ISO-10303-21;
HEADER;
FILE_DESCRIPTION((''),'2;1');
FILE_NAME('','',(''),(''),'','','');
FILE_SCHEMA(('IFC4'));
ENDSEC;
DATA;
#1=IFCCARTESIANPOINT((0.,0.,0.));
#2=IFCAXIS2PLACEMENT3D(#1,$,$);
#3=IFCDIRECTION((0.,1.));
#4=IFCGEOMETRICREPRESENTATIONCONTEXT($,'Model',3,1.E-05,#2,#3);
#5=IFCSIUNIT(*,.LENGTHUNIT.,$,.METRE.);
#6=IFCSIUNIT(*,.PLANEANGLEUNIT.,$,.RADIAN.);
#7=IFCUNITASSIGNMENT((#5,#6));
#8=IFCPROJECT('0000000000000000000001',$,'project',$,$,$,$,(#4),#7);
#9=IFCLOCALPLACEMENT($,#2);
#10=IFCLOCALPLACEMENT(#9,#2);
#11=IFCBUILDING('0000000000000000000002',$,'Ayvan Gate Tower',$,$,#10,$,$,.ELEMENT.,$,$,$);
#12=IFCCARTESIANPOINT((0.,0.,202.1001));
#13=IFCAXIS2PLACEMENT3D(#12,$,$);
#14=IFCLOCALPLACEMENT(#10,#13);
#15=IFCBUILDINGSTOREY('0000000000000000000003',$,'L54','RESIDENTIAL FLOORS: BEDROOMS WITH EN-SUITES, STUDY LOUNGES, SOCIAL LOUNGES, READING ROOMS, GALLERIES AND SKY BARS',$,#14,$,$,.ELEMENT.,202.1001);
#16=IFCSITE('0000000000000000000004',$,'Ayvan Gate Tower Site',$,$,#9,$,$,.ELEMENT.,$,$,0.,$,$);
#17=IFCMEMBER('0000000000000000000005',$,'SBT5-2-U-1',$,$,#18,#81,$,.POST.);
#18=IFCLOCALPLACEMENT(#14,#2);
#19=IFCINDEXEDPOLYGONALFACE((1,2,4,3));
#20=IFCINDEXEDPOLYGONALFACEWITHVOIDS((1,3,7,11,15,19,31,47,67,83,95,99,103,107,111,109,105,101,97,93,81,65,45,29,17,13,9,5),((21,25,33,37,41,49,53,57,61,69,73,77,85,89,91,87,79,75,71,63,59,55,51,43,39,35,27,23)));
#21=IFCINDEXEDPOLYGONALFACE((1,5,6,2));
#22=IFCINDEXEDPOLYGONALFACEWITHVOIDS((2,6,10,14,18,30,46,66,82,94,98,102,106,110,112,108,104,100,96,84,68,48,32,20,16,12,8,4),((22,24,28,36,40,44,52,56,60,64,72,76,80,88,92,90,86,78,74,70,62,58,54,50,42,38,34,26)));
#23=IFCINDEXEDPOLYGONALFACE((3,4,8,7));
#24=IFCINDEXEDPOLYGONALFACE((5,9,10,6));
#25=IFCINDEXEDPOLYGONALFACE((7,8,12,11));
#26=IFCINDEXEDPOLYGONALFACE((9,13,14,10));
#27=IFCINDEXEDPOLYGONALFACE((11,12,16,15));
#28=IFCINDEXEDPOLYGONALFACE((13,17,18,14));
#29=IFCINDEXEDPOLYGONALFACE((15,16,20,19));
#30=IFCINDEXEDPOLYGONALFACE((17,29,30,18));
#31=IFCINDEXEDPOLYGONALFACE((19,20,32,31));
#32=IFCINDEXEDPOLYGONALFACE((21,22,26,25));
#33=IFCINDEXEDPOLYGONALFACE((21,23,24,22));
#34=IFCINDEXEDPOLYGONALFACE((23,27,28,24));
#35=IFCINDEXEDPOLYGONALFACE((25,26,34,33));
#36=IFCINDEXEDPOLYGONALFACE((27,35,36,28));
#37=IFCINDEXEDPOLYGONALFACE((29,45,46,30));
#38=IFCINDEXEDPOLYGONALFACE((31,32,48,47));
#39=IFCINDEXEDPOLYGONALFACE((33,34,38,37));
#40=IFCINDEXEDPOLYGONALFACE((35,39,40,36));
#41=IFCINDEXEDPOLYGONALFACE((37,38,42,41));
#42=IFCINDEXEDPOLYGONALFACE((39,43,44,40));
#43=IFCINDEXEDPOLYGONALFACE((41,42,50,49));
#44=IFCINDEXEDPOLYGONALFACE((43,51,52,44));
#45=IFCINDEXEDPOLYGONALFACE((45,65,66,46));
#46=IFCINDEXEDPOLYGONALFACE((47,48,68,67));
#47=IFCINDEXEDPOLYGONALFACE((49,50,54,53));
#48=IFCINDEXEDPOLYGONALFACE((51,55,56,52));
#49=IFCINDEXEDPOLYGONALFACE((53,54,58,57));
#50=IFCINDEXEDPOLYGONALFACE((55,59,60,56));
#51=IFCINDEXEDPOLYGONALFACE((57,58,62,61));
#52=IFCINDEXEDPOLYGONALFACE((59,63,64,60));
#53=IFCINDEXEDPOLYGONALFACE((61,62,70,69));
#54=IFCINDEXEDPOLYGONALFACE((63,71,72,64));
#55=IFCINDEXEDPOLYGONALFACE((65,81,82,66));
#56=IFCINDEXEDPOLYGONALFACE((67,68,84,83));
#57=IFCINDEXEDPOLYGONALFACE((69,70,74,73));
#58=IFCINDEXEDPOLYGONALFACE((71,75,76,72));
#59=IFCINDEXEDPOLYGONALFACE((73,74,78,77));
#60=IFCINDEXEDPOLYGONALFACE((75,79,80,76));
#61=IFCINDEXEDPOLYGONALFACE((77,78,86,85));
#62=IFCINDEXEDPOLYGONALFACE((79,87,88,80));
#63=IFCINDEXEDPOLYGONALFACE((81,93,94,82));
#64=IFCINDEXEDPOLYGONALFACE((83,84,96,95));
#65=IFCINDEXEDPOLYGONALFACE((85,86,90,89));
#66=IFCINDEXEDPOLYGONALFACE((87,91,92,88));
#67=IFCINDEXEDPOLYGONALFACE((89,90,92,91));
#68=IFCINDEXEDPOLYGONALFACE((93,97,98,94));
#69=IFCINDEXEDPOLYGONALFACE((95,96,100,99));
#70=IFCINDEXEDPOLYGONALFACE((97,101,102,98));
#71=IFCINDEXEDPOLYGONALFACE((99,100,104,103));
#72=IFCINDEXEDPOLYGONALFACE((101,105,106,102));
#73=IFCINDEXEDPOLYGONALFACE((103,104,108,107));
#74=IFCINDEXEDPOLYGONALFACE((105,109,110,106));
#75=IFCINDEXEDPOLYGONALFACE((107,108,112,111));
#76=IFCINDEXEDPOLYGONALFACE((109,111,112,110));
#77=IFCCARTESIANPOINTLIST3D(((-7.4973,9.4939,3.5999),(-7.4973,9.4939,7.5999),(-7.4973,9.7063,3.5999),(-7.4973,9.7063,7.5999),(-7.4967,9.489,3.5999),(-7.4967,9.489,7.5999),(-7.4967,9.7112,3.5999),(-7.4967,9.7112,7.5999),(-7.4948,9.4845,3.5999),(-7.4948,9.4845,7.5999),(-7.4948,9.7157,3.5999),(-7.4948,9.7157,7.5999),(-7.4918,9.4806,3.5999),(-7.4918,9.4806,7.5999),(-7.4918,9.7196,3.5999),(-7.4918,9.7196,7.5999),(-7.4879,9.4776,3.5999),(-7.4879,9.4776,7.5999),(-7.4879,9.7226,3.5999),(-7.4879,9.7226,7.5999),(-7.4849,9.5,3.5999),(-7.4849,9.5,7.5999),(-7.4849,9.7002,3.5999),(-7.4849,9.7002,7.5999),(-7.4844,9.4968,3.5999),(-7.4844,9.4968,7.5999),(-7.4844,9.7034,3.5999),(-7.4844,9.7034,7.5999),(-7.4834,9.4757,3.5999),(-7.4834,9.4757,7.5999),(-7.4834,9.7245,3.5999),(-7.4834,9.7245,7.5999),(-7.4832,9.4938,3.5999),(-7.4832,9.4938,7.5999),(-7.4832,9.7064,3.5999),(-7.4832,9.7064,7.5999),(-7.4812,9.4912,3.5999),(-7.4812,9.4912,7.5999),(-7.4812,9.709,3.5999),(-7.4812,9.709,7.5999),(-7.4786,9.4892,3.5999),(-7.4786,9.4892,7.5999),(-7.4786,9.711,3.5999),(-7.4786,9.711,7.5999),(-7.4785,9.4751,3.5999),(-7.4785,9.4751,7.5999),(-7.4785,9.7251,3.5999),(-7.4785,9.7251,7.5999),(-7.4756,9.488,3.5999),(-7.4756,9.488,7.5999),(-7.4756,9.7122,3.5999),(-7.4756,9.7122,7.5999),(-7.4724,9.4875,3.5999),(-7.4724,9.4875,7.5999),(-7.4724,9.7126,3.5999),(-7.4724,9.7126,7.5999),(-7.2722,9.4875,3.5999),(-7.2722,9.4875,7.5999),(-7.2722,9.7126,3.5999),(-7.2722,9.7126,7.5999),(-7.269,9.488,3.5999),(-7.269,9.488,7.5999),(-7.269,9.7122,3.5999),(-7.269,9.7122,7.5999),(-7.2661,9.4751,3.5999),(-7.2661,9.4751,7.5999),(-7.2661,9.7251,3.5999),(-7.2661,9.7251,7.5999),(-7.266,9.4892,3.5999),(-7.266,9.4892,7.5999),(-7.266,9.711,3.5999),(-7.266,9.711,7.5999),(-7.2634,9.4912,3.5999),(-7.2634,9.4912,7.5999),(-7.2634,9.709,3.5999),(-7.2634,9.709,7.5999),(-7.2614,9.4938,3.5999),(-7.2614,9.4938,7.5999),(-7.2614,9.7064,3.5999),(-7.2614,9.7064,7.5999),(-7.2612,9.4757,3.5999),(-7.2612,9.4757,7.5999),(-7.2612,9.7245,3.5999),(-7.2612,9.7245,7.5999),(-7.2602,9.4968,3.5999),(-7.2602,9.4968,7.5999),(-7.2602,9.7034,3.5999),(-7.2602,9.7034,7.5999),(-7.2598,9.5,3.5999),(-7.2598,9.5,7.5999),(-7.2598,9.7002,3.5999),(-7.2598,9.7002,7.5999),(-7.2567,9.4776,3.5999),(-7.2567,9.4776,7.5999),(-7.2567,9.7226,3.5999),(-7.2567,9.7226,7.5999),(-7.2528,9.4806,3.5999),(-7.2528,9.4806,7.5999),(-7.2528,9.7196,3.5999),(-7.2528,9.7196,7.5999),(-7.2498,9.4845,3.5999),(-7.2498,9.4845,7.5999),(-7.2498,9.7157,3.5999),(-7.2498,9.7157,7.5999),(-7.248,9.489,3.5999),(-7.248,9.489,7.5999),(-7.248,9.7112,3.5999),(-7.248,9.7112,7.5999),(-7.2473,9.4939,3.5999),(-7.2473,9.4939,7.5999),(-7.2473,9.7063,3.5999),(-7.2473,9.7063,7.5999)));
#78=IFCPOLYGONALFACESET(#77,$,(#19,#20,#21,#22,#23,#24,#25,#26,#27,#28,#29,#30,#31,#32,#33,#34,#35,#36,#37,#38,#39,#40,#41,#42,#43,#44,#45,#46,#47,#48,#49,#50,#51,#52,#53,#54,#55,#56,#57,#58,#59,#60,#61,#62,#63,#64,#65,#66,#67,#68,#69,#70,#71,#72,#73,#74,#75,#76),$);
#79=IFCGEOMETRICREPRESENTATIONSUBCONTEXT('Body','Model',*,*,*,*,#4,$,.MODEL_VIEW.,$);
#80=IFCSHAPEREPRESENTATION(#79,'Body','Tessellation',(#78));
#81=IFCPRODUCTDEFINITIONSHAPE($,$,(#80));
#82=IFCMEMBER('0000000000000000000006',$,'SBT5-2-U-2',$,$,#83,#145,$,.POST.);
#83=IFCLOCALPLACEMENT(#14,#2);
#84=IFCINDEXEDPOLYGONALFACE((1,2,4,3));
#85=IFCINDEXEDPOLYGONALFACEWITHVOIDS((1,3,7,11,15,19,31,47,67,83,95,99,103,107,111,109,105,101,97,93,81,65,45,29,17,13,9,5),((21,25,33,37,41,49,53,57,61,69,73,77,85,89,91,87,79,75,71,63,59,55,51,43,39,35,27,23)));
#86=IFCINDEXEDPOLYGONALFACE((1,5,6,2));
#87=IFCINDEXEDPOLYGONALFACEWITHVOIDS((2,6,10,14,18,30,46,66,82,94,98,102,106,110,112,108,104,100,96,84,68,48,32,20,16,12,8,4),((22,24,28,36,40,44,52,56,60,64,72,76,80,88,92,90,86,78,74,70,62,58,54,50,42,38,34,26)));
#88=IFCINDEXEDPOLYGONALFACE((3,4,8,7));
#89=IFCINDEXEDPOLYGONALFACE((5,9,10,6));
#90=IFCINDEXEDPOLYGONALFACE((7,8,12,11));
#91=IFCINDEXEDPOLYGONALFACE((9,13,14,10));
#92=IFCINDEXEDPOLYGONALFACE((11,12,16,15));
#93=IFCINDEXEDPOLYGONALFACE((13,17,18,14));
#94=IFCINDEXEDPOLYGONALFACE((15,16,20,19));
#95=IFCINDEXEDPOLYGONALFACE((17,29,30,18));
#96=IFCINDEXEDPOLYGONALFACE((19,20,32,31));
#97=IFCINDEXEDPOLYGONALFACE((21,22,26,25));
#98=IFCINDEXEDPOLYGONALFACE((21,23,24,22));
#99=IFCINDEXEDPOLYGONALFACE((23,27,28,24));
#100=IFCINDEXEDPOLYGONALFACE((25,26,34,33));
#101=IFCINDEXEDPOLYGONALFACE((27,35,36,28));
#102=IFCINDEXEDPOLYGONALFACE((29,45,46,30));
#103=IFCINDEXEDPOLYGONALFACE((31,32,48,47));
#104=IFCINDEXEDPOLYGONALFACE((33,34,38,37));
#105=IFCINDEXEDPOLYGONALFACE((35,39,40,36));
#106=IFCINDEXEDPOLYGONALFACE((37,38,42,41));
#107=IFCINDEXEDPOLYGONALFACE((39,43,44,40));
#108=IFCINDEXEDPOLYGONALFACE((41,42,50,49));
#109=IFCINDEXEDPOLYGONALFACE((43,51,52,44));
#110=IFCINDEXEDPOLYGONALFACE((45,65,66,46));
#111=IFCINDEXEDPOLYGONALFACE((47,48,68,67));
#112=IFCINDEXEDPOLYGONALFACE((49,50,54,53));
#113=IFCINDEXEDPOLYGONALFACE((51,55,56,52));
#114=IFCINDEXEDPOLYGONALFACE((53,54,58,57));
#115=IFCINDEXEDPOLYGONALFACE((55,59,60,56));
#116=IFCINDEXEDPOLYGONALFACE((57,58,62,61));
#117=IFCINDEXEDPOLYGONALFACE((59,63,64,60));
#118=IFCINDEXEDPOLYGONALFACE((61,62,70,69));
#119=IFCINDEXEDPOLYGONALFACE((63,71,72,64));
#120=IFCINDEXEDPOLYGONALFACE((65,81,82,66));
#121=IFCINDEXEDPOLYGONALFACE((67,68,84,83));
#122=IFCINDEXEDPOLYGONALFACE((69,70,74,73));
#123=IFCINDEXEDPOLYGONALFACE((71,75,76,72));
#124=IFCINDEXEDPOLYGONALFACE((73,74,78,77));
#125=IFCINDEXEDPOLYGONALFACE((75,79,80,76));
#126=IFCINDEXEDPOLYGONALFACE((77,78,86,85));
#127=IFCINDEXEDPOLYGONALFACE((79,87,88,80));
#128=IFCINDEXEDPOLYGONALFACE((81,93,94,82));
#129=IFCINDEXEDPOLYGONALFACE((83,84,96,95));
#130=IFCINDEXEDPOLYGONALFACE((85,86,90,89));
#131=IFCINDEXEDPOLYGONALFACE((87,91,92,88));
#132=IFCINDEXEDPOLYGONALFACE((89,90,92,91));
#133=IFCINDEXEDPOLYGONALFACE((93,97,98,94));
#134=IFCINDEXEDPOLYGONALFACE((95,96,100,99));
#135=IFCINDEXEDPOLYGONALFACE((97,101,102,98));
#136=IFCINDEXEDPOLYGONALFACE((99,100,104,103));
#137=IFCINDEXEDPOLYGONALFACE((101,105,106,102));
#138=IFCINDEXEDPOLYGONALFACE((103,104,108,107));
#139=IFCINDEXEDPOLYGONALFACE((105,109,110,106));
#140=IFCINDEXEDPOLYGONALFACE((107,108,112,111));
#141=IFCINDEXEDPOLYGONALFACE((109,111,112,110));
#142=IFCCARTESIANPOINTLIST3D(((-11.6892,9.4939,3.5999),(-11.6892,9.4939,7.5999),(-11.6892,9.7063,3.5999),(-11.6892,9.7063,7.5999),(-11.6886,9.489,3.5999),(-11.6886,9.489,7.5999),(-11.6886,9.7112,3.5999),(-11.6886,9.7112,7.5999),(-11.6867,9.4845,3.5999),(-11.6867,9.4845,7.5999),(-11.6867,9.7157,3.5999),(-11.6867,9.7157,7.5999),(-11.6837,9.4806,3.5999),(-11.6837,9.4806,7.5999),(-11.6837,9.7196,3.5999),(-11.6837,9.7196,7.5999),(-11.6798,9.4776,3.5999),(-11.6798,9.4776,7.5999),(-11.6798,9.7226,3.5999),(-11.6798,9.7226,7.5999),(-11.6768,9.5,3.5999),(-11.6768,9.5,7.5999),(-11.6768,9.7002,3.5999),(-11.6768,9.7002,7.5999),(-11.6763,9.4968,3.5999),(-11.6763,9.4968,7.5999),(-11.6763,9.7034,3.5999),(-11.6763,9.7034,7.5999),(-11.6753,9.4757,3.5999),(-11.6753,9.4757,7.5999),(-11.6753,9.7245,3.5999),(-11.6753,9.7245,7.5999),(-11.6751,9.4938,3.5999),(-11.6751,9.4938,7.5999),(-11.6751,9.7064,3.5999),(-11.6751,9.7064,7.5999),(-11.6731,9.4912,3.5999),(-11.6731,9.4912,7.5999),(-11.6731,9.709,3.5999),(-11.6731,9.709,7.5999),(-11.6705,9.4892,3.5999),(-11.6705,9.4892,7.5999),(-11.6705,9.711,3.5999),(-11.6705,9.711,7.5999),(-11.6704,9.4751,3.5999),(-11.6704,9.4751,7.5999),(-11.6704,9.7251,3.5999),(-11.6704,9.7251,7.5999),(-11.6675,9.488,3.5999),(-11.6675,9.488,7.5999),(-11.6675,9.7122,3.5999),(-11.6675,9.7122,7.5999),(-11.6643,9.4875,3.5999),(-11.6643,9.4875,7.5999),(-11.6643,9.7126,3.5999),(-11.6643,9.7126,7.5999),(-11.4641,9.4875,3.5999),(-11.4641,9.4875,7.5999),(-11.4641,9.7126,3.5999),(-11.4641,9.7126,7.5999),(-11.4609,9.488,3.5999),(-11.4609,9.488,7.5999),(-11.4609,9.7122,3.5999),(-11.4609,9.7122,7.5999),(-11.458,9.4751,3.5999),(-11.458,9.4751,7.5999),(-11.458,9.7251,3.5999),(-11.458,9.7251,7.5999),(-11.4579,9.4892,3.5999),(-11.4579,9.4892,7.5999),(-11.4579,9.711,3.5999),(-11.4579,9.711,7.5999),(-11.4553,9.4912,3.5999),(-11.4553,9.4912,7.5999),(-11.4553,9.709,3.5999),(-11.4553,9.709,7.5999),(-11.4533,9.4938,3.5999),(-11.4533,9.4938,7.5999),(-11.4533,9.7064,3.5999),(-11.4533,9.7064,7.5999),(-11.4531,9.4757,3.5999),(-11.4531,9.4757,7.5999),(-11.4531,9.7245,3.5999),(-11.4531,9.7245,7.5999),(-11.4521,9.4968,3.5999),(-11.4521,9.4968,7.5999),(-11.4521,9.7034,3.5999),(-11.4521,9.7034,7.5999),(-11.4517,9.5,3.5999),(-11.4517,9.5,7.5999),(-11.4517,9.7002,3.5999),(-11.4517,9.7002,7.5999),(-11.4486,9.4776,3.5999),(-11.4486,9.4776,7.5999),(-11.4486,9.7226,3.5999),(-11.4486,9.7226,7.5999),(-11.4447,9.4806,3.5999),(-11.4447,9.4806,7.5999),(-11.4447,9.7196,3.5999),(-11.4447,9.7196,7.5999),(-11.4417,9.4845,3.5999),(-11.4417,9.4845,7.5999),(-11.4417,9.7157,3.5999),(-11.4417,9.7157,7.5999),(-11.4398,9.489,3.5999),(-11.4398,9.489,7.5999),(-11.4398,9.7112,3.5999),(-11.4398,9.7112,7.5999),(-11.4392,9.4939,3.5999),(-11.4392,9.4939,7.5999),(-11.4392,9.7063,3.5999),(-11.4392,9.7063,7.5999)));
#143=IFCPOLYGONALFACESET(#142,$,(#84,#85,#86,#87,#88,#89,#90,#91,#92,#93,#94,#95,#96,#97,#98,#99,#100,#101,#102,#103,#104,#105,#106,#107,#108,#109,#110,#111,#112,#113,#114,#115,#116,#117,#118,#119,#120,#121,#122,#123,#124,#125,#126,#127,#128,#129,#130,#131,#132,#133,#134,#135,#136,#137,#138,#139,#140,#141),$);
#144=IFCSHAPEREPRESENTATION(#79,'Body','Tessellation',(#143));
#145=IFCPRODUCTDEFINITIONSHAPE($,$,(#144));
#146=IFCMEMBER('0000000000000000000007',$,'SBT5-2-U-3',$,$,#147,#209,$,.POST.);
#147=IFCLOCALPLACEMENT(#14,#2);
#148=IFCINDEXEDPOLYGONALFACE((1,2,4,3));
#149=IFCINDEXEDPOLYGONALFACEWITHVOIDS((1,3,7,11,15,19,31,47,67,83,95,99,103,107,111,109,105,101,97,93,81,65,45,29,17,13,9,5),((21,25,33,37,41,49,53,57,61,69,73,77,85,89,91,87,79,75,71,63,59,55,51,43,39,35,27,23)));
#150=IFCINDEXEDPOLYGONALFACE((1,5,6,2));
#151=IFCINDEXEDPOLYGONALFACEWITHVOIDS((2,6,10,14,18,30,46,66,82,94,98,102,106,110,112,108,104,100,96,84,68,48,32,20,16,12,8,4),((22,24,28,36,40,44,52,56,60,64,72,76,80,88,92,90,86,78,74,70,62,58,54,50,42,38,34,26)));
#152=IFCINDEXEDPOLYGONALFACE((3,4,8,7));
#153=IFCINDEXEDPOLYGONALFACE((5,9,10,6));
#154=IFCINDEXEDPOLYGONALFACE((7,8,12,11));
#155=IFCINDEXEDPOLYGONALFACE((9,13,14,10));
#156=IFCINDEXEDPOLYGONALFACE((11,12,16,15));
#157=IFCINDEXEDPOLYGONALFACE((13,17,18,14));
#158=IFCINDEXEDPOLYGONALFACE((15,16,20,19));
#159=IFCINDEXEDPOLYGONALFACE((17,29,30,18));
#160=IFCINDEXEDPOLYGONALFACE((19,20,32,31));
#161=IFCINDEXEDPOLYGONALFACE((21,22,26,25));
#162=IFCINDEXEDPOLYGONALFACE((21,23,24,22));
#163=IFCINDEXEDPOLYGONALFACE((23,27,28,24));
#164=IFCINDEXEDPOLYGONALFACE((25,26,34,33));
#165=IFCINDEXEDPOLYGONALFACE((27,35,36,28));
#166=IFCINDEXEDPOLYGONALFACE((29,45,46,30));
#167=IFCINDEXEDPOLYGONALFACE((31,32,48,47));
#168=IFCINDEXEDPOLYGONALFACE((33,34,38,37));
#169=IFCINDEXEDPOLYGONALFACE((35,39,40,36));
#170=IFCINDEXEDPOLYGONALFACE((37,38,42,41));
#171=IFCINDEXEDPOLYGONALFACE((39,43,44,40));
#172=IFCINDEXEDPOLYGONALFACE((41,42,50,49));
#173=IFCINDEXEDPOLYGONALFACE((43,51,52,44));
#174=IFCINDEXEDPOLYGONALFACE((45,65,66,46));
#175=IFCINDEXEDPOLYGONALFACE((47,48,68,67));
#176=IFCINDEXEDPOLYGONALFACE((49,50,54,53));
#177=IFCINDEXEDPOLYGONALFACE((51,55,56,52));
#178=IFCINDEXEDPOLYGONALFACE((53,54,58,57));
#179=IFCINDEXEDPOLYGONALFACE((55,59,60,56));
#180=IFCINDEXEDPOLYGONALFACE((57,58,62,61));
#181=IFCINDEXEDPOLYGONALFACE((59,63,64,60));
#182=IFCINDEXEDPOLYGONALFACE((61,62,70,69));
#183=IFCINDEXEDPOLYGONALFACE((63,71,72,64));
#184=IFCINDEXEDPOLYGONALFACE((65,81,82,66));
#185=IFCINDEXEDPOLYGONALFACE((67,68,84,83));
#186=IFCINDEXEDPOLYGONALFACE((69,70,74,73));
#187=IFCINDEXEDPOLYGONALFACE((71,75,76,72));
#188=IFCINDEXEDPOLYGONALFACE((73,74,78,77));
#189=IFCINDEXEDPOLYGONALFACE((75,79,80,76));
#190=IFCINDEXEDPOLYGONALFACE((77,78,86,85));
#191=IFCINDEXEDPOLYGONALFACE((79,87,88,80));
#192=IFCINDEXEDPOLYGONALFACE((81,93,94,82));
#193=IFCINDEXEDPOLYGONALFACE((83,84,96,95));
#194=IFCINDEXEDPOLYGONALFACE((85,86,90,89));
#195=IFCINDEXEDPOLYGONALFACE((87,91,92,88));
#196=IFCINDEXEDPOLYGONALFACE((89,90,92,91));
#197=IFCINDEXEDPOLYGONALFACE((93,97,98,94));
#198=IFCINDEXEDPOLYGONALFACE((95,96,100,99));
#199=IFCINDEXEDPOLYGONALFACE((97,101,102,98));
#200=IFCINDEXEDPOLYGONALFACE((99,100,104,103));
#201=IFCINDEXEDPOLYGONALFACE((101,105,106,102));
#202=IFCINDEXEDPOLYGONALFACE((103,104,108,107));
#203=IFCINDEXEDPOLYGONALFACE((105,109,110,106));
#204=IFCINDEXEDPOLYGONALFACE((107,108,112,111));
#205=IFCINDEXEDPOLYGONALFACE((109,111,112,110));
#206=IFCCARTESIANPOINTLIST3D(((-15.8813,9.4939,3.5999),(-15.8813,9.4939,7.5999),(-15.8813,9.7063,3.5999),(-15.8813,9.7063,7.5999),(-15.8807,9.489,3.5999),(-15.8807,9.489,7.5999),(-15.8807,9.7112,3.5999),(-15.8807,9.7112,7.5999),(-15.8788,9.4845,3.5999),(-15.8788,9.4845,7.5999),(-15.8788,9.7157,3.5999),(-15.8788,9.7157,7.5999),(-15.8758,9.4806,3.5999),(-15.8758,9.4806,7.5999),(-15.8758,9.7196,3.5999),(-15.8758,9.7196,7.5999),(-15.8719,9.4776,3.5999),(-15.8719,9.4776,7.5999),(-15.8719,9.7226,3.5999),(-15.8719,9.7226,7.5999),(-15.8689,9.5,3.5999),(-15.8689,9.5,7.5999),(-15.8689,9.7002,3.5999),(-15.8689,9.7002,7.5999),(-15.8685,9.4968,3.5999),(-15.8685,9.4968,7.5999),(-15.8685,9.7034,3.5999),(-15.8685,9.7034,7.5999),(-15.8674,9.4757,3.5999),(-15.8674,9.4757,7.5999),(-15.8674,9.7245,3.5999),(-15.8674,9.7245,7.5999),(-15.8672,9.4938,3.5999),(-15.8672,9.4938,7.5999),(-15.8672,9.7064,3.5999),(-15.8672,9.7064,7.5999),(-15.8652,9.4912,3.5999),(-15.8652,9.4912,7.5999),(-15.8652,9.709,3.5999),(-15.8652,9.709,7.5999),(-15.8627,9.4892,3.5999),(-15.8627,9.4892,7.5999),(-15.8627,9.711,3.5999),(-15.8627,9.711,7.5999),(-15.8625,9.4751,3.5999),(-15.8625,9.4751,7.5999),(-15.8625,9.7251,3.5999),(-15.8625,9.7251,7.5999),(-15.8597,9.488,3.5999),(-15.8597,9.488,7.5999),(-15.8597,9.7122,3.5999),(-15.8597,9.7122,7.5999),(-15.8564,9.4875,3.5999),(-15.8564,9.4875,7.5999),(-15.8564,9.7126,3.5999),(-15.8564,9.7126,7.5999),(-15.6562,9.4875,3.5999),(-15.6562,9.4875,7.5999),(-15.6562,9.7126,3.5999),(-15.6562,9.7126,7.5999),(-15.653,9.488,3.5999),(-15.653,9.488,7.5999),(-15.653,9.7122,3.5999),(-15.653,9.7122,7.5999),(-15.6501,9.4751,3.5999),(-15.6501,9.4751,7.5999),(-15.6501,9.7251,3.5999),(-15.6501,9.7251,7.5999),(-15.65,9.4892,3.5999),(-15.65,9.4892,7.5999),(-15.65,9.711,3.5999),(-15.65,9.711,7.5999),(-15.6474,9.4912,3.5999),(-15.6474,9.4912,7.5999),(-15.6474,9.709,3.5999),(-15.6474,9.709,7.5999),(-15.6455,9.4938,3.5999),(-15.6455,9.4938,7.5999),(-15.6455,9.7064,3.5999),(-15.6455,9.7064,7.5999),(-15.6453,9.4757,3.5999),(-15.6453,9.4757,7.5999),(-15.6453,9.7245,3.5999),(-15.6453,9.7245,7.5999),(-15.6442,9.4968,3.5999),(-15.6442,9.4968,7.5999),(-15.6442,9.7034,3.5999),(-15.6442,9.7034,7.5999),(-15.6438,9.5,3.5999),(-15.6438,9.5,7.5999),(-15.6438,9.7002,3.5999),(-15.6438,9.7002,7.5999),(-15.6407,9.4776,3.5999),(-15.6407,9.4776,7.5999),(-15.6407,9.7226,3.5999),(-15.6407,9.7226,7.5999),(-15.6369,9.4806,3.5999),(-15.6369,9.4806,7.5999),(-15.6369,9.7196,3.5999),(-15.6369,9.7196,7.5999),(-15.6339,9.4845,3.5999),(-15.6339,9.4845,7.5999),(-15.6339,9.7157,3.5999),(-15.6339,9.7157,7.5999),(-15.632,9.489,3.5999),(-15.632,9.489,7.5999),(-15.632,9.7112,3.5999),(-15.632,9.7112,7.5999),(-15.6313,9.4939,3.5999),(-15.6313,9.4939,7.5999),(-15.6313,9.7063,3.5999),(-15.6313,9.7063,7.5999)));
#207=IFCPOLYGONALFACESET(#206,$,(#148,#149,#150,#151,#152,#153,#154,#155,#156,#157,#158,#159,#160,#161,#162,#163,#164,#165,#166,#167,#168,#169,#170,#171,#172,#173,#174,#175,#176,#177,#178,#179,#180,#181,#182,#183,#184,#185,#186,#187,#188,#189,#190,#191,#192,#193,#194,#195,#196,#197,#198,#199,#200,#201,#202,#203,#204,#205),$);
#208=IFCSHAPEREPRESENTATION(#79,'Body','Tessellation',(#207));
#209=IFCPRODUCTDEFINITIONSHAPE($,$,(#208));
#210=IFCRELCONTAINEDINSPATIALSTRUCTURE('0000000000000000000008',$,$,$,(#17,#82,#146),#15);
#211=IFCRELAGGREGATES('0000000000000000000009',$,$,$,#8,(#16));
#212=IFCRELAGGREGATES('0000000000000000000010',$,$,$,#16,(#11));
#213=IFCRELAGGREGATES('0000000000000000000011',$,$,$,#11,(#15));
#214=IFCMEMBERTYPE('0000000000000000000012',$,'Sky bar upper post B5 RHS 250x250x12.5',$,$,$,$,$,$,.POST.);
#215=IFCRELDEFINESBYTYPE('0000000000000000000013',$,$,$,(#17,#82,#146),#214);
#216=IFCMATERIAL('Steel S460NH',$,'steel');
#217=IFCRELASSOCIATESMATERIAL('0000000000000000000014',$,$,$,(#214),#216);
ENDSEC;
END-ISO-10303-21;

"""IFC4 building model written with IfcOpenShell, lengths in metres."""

from ifc_helpers import new_model, si_unit, direction, frame, origin, origin_2d, place, context, subcontext, project, spatial, hollow_rectangle, extrude, material, material_profile, profile_set, type_object, element, save


model = new_model("IFC4")

# Units and contexts
model_context = context("Model", 3, precision=1e-05, world=origin(), true_north=direction((0.0, 1.0)))
body_context = subcontext(model_context, "Body", "Model", "MODEL_VIEW")
ifc_project = project(units=[si_unit("LENGTHUNIT", "METRE"), si_unit("PLANEANGLEUNIT", "RADIAN")], contexts=[model_context])

# Site, building, storey
site_placement = place(None, origin())
site = spatial("IfcSite", under=ifc_project, at=site_placement, Name="Ayvan Gate Tower Site", CompositionType="ELEMENT", RefElevation=0.0)
building_placement = place(site_placement, origin())
building = spatial("IfcBuilding", under=site, at=building_placement, Name="Ayvan Gate Tower", CompositionType="ELEMENT")
storey_placement = place(building_placement, frame((0.0, 0.0, 202.1001)))
storey = spatial("IfcBuildingStorey", under=building, at=storey_placement, Name="L54", Description="RESIDENTIAL FLOORS: BEDROOMS WITH EN-SUITES, STUDY LOUNGES, SOCIAL LOUNGES, READING ROOMS, GALLERIES AND SKY BARS", CompositionType="ELEMENT", Elevation=202.1001)

# Members
ifc_material_1 = material(Name="Steel S460NH", Category="steel")
ifc_material_profile_1 = material_profile(ifc_material_1, hollow_rectangle(XDim=0.25, YDim=0.25, WallThickness=0.0125, InnerFilletRadius=0.0125, OuterFilletRadius=0.0188, at=origin_2d()), Name="RHS 250x250x12.5")
ifc_profile_set_1 = profile_set([ifc_material_profile_1], Name="Steel S460NH")
member_type_1 = type_object("IfcMemberType", Name="Sky bar upper post B5 RHS 250x250x12.5", PredefinedType="POST", material=ifc_profile_set_1)
for number, where, z_axis, x_axis, name in (
    (1, (-7.3723, 9.6001, 3.5999), (0.0, 0.0, 1.0), (1.0, 0.0, 0.0), "SBT5-2-U-1"),
    (2, (-11.5642, 9.6001, 3.5999), (0.0, 0.0, 1.0), (1.0, 0.0, 0.0), "SBT5-2-U-2"),
    (3, (-15.7563, 9.6001, 3.5999), (0.0, 0.0, 1.0), (1.0, 0.0, 0.0), "SBT5-2-U-3"),
):
    element("IfcMember", number, at=place(storey_placement, frame(where, z_axis=z_axis, x_axis=x_axis)), inside=storey, type_object=member_type_1, Name=name, PredefinedType="POST", context=body_context, shape_type="SweptSolid", body=[
        extrude(hollow_rectangle(XDim=0.25, YDim=0.25, WallThickness=0.0125, InnerFilletRadius=0.0125, OuterFilletRadius=0.0188, at=origin_2d()), origin(), (0.0, 0.0, 1.0), 4.0),
    ])

save(model, "model.ifc")
